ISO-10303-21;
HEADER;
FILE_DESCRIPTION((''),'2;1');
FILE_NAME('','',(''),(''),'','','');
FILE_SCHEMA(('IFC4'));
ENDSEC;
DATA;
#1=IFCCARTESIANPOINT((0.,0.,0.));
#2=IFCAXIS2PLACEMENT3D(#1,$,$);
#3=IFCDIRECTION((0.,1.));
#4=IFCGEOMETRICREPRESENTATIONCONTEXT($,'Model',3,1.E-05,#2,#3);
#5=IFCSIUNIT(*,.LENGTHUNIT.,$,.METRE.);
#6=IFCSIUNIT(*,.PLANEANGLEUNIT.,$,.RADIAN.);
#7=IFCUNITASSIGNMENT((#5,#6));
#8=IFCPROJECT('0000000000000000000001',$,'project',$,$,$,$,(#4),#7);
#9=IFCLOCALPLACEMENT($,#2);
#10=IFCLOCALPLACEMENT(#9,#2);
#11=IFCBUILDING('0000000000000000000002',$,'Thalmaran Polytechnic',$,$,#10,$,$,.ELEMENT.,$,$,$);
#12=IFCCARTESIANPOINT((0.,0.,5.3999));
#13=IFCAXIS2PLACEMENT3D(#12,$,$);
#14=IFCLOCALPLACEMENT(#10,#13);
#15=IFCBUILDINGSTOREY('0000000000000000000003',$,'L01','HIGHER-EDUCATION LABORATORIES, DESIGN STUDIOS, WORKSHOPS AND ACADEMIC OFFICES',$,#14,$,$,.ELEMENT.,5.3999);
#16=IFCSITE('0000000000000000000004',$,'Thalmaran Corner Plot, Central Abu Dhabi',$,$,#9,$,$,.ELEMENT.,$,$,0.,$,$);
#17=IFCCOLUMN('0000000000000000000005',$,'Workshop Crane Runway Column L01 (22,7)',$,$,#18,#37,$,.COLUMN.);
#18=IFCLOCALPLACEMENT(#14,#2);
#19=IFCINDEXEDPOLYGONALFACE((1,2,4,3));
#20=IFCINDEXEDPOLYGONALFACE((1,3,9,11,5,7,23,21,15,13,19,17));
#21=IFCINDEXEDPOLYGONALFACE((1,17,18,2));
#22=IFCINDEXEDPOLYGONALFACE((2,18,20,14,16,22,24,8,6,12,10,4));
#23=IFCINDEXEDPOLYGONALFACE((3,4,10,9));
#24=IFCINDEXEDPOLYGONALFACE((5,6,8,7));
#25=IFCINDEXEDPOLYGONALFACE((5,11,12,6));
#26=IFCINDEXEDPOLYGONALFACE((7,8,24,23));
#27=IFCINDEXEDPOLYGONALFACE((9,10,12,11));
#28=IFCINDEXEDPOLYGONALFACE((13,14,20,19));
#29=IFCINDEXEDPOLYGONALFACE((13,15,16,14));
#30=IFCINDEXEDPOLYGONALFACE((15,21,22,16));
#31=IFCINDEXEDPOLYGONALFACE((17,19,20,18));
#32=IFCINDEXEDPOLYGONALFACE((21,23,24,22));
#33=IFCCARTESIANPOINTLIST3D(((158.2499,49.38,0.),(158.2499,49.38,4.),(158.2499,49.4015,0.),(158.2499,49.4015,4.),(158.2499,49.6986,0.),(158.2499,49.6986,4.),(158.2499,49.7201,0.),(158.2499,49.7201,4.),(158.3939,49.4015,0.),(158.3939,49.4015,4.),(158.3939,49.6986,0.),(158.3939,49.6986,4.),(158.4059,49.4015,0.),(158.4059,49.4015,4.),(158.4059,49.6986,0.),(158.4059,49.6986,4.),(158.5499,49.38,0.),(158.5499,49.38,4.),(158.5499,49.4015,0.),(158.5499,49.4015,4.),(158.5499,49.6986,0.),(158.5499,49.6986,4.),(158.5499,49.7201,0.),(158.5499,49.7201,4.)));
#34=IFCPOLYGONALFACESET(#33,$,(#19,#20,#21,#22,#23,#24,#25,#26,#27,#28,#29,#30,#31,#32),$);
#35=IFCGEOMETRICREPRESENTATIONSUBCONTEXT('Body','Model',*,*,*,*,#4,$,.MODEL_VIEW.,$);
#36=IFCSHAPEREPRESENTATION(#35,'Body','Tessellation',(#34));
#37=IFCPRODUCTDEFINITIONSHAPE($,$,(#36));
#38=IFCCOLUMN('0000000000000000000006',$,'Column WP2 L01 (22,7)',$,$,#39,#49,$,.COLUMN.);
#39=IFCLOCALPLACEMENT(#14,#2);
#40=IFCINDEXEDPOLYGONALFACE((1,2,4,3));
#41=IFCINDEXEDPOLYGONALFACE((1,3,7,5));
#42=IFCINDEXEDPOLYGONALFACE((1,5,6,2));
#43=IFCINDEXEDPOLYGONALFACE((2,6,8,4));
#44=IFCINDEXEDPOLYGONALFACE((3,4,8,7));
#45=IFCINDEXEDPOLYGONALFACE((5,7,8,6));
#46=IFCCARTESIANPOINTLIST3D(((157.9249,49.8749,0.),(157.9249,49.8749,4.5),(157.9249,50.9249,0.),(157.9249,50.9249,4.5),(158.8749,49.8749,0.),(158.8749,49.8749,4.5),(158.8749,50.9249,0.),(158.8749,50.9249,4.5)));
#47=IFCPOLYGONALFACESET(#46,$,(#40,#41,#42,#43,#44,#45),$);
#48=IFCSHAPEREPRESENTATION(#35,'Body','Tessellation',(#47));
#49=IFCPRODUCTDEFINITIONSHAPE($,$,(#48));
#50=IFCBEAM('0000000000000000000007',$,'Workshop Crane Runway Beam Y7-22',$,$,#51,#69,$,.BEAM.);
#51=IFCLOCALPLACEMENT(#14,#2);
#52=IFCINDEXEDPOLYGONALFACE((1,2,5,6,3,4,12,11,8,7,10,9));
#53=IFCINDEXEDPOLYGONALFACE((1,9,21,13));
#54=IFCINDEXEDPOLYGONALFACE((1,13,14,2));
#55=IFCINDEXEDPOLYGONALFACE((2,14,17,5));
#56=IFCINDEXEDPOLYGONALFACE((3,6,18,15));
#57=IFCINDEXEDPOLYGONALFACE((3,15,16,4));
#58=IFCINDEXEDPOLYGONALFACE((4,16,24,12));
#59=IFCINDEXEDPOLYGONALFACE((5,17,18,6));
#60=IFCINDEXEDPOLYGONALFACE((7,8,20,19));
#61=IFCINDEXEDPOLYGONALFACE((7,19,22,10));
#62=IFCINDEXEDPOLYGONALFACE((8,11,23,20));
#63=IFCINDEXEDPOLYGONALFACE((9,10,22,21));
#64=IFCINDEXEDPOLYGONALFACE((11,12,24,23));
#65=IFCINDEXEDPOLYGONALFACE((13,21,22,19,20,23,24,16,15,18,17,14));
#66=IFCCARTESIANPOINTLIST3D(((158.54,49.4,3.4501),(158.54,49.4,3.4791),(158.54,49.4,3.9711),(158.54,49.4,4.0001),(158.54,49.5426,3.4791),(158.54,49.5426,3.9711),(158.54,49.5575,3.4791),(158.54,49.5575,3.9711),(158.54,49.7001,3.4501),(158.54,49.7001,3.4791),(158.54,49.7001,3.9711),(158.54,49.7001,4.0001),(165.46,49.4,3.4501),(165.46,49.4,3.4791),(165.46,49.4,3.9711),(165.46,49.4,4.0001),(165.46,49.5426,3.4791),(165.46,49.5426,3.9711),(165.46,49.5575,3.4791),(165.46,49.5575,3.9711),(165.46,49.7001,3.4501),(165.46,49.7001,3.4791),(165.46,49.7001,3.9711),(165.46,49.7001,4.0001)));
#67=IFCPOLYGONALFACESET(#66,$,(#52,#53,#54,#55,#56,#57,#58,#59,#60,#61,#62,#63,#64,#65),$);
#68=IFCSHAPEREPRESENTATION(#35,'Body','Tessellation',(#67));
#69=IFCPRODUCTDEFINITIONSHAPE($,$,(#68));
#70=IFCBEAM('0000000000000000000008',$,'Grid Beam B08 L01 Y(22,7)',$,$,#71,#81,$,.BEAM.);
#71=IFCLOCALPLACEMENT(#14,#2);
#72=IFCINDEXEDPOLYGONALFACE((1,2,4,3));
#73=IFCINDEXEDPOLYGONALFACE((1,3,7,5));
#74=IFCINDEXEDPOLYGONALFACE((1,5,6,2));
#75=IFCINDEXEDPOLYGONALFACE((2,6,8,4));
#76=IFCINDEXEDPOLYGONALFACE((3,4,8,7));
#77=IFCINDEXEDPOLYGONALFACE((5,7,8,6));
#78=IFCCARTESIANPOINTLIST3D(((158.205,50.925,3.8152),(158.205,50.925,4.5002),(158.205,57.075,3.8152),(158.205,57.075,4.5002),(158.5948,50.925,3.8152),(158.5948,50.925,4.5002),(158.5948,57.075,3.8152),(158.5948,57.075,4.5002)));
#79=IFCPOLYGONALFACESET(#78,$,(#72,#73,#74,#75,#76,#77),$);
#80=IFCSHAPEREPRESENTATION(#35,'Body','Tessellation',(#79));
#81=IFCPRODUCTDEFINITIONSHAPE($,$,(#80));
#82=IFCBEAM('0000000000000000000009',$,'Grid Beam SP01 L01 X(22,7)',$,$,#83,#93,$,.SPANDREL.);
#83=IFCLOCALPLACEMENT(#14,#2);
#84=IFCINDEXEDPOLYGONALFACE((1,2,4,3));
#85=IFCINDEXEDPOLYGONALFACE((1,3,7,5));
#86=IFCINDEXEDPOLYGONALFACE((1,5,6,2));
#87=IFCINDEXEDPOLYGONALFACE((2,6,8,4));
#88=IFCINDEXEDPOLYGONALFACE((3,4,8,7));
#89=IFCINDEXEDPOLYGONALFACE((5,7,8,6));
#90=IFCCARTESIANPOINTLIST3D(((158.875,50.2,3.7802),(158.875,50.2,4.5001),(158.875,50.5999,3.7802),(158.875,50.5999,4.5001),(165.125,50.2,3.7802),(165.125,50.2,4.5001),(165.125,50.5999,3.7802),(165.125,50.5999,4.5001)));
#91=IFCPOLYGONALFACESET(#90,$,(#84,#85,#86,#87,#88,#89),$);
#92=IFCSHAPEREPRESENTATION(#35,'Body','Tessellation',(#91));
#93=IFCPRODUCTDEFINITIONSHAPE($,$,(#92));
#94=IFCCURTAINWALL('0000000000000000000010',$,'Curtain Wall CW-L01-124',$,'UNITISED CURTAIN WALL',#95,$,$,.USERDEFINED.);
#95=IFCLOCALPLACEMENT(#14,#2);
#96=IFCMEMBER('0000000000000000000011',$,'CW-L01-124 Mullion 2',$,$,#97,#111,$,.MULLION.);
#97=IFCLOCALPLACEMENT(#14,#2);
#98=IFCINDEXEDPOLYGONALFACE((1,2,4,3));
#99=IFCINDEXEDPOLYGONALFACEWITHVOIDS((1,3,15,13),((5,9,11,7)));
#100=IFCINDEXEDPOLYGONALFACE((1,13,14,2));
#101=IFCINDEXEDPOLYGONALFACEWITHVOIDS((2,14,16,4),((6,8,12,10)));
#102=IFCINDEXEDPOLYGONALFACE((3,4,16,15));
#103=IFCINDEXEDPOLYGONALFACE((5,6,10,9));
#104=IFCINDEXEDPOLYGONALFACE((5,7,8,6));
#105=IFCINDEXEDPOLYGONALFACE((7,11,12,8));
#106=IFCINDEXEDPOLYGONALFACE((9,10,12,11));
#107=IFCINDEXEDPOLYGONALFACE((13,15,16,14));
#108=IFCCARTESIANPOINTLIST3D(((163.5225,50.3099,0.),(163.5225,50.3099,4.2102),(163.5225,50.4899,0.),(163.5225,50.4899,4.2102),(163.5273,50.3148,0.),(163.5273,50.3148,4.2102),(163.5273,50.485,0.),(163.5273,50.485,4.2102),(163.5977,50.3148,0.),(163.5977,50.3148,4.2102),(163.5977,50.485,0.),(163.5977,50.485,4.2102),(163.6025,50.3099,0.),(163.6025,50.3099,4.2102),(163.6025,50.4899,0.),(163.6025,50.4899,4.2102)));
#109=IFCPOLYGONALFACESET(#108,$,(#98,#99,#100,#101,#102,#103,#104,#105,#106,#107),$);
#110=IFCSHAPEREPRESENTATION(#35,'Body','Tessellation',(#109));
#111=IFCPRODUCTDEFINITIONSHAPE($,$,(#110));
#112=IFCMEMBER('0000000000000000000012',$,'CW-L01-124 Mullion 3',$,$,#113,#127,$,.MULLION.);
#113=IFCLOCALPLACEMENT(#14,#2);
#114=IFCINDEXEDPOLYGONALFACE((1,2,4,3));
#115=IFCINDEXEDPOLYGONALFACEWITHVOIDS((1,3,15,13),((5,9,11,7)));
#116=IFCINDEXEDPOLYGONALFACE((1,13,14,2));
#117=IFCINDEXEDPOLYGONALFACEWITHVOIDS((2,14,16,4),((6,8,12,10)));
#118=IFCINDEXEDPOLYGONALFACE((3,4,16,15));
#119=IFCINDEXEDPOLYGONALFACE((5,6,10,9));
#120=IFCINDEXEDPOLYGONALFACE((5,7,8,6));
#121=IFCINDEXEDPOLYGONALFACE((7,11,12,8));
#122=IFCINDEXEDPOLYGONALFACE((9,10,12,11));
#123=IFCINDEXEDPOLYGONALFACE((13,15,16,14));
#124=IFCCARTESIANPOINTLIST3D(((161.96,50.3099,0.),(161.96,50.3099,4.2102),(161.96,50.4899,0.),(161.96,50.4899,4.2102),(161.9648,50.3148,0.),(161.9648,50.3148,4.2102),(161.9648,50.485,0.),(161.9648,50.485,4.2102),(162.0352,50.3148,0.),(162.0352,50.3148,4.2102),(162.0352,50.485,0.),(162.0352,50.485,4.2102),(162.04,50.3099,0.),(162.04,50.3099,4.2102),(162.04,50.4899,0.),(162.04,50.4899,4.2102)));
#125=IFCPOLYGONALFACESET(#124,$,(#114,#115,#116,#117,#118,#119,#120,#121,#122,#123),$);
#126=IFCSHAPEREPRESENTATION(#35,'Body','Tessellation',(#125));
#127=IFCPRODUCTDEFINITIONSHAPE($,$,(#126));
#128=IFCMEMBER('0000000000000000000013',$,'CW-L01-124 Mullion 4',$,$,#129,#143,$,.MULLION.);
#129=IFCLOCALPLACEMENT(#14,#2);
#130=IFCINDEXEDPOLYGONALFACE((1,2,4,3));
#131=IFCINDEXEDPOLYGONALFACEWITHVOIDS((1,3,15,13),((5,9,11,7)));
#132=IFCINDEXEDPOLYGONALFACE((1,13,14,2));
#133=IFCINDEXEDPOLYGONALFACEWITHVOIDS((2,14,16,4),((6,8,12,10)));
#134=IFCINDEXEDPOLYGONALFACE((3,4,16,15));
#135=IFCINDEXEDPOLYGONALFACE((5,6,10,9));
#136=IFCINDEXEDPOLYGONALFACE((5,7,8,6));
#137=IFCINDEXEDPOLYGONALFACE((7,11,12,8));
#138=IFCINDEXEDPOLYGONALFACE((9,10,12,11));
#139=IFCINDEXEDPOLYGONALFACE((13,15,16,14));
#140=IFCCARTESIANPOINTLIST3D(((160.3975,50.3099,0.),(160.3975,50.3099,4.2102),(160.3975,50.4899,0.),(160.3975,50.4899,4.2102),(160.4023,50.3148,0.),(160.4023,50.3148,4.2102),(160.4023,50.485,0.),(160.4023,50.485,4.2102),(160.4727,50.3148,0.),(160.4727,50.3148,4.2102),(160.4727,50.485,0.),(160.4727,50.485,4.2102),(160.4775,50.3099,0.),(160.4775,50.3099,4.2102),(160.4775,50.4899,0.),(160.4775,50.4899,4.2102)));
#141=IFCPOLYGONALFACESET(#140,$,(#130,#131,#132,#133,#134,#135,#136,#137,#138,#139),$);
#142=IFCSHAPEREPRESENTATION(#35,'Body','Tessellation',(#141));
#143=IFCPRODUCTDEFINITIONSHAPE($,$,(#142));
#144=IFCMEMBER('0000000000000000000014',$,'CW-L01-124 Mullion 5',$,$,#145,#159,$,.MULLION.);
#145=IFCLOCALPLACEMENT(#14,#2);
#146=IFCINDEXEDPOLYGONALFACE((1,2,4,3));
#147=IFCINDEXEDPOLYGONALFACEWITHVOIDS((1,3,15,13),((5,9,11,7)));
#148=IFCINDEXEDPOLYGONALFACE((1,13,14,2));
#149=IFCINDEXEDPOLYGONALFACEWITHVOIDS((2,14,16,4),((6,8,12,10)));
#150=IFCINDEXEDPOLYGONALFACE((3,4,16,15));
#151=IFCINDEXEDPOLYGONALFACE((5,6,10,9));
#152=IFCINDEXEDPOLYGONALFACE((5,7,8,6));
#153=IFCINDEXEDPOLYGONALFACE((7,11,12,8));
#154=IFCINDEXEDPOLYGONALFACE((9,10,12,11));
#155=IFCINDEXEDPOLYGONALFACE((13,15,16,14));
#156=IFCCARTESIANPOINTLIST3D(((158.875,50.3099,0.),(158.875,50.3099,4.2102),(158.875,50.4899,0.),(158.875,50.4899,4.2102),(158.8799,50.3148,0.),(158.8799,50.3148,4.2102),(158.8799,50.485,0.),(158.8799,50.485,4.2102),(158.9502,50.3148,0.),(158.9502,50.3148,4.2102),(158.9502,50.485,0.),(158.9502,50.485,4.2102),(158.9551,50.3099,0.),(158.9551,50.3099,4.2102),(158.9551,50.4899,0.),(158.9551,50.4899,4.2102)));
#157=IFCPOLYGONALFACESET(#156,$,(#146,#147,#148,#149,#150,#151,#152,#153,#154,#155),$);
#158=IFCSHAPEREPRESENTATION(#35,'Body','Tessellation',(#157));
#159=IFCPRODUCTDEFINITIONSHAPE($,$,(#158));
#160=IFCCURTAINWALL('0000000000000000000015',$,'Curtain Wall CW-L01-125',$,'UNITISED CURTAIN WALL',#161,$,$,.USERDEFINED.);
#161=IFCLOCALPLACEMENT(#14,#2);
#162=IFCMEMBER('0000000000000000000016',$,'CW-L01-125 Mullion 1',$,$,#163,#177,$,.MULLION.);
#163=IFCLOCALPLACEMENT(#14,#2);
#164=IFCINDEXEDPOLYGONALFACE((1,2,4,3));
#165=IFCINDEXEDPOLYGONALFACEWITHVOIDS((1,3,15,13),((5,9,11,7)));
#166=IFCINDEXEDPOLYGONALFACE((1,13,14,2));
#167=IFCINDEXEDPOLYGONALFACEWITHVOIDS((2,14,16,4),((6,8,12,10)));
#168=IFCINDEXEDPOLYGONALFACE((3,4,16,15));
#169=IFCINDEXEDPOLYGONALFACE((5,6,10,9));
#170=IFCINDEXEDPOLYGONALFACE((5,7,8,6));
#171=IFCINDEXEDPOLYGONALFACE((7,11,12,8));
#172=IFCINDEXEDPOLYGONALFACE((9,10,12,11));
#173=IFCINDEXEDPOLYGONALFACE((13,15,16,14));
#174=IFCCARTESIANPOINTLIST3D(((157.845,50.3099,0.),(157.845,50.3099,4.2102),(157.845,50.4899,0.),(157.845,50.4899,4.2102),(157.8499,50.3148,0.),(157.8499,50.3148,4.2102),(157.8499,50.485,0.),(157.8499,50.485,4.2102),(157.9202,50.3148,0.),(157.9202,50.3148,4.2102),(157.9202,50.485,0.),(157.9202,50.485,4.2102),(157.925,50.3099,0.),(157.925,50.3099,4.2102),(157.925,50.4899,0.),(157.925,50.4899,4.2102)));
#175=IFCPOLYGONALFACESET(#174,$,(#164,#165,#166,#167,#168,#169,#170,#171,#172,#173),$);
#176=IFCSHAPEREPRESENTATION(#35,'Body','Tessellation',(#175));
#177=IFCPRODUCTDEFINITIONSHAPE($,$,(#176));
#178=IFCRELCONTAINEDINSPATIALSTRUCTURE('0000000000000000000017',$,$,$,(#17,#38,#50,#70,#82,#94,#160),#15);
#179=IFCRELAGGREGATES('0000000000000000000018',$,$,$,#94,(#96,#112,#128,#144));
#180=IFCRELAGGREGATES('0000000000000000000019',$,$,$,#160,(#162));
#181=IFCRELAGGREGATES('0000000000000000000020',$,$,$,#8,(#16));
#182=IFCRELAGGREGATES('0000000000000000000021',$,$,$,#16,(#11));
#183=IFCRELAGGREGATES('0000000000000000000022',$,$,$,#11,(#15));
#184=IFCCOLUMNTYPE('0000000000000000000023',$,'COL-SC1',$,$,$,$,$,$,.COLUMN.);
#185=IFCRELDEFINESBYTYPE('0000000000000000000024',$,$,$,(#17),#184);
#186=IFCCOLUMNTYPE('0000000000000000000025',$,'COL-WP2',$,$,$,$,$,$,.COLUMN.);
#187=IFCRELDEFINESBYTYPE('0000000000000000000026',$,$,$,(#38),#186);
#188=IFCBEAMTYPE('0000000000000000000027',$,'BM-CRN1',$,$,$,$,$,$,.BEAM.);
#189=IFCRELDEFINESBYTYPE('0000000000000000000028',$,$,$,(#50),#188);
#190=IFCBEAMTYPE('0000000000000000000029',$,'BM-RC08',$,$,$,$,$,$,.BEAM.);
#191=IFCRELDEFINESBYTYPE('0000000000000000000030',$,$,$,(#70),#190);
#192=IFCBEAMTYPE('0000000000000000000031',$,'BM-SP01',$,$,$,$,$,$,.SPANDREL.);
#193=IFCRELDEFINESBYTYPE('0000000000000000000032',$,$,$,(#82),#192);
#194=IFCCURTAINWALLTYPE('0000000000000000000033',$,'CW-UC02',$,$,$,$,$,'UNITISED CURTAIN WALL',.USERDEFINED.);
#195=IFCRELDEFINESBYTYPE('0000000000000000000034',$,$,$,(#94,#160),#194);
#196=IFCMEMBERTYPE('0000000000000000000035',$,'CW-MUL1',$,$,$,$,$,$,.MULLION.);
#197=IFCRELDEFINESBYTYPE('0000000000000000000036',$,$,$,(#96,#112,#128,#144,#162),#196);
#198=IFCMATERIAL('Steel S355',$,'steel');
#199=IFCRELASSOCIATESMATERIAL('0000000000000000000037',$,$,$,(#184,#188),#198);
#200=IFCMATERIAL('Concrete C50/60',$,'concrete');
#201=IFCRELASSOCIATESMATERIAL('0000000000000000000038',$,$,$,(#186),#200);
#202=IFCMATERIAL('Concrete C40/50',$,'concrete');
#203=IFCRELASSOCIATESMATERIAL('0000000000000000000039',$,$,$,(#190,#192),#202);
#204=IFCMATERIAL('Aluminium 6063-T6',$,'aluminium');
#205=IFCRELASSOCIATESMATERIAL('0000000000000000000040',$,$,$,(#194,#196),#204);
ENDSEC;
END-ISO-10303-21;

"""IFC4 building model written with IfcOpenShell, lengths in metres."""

from ifc_helpers import new_model, si_unit, direction, frame, origin, origin_2d, place, context, subcontext, project, spatial, rectangle, hollow_rectangle, i_section, extrude, material, material_profile, profile_set, type_object, element, aggregate, save


model = new_model("IFC4")

# Units and contexts
model_context = context("Model", 3, precision=1e-05, world=origin(), true_north=direction((0.0, 1.0)))
body_context = subcontext(model_context, "Body", "Model", "MODEL_VIEW")
ifc_project = project(units=[si_unit("LENGTHUNIT", "METRE"), si_unit("PLANEANGLEUNIT", "RADIAN")], contexts=[model_context])

# Site, building, storey
site_placement = place(None, origin())
site = spatial("IfcSite", under=ifc_project, at=site_placement, Name="Thalmaran Corner Plot, Central Abu Dhabi", CompositionType="ELEMENT", RefElevation=0.0)
building_placement = place(site_placement, origin())
building = spatial("IfcBuilding", under=site, at=building_placement, Name="Thalmaran Polytechnic", CompositionType="ELEMENT")
storey_placement = place(building_placement, frame((0.0, 0.0, 5.3999)))
storey = spatial("IfcBuildingStorey", under=building, at=storey_placement, Name="L01", Description="HIGHER-EDUCATION LABORATORIES, DESIGN STUDIOS, WORKSHOPS AND ACADEMIC OFFICES", CompositionType="ELEMENT", Elevation=5.3999)

# Columns
ifc_material_1 = material(Name="Steel S355", Category="steel")
ifc_material_profile_1 = material_profile(ifc_material_1, i_section(OverallWidth=0.3, OverallDepth=0.3401, WebThickness=0.012, FlangeThickness=0.0215, at=origin_2d()), Name="HEB 340")
ifc_profile_set_1 = profile_set([ifc_material_profile_1], Name="Steel S355")
column_type_1 = type_object("IfcColumnType", Name="COL-SC1", PredefinedType="COLUMN", material=ifc_profile_set_1)
column_1_placement = place(storey_placement, frame((158.3999, 49.55, 0.0), z_axis=(0.0, 0.0, 1.0), x_axis=(1.0, 0.0, 0.0)))
element("IfcColumn", 1, at=column_1_placement, inside=storey, type_object=column_type_1, Name="Workshop Crane Runway Column L01 (22,7)", PredefinedType="COLUMN", context=body_context, shape_type="SweptSolid", body=[
    extrude(i_section(OverallWidth=0.3, OverallDepth=0.3401, WebThickness=0.012, FlangeThickness=0.0215, at=origin_2d()), origin(), (0.0, 0.0, 1.0), 4.0),
])
ifc_material_2 = material(Name="Concrete C50/60", Category="concrete")
ifc_material_profile_2 = material_profile(ifc_material_2, rectangle(XDim=0.95, YDim=1.05, at=origin_2d()), Name="RC 950x1050")
ifc_profile_set_2 = profile_set([ifc_material_profile_2], Name="Concrete C50/60")
column_type_2 = type_object("IfcColumnType", Name="COL-WP2", PredefinedType="COLUMN", material=ifc_profile_set_2)
column_2_placement = place(storey_placement, frame((158.3999, 50.3999, 0.0), z_axis=(0.0, 0.0, 1.0), x_axis=(1.0, 0.0, 0.0)))
element("IfcColumn", 2, at=column_2_placement, inside=storey, type_object=column_type_2, Name="Column WP2 L01 (22,7)", PredefinedType="COLUMN", context=body_context, shape_type="SweptSolid", body=[
    extrude(rectangle(XDim=0.95, YDim=1.05, at=origin_2d()), origin(), (0.0, 0.0, 1.0), 4.5),
])

# Beams
ifc_material_profile_3 = material_profile(ifc_material_1, i_section(OverallWidth=0.3, OverallDepth=0.55, WebThickness=0.0149, FlangeThickness=0.0291, at=origin_2d()), Name="HEB 550")
ifc_profile_set_3 = profile_set([ifc_material_profile_3], Name="Steel S355")
beam_type_1 = type_object("IfcBeamType", Name="BM-CRN1", PredefinedType="BEAM", material=ifc_profile_set_3)
beam_1_placement = place(storey_placement, frame((158.54, 49.55, 3.7251), z_axis=(1.0, 0.0, 0.0), x_axis=(0.0, 1.0, 0.0)))
element("IfcBeam", 3, at=beam_1_placement, inside=storey, type_object=beam_type_1, Name="Workshop Crane Runway Beam Y7-22", PredefinedType="BEAM", context=body_context, shape_type="SweptSolid", body=[
    extrude(i_section(OverallWidth=0.3, OverallDepth=0.55, WebThickness=0.0149, FlangeThickness=0.0291, at=origin_2d()), origin(), (0.0, 0.0, 1.0), 6.9199),
])
ifc_material_3 = material(Name="Concrete C40/50", Category="concrete")
ifc_material_profile_4 = material_profile(ifc_material_3, rectangle(XDim=0.3899, YDim=0.6851, at=origin_2d()), Name="RC 390x685")
ifc_profile_set_4 = profile_set([ifc_material_profile_4], Name="Concrete C40/50")
beam_type_2 = type_object("IfcBeamType", Name="BM-RC08", PredefinedType="BEAM", material=ifc_profile_set_4)
beam_2_placement = place(storey_placement, frame((158.3999, 50.925, 4.1577), z_axis=(0.0, 1.0, 0.0), x_axis=(-1.0, 0.0, 0.0)))
element("IfcBeam", 4, at=beam_2_placement, inside=storey, type_object=beam_type_2, Name="Grid Beam B08 L01 Y(22,7)", PredefinedType="BEAM", context=body_context, shape_type="SweptSolid", body=[
    extrude(rectangle(XDim=0.3899, YDim=0.6851, at=origin_2d()), origin(), (0.0, 0.0, 1.0), 6.1499),
])
ifc_material_profile_5 = material_profile(ifc_material_3, rectangle(XDim=0.3999, YDim=0.72, at=origin_2d()), Name="RC 400x720")
ifc_profile_set_5 = profile_set([ifc_material_profile_5], Name="Concrete C40/50")
beam_type_3 = type_object("IfcBeamType", Name="BM-SP01", PredefinedType="SPANDREL", material=ifc_profile_set_5)
beam_3_placement = place(storey_placement, frame((158.875, 50.3999, 4.1401), z_axis=(1.0, 0.0, 0.0), x_axis=(0.0, 1.0, 0.0)))
element("IfcBeam", 5, at=beam_3_placement, inside=storey, type_object=beam_type_3, Name="Grid Beam SP01 L01 X(22,7)", PredefinedType="SPANDREL", context=body_context, shape_type="SweptSolid", body=[
    extrude(rectangle(XDim=0.3999, YDim=0.72, at=origin_2d()), origin(), (0.0, 0.0, 1.0), 6.25),
])

# Curtain walls, members
ifc_material_4 = material(Name="Aluminium 6063-T6", Category="aluminium")
curtain_wall_type = type_object("IfcCurtainWallType", Name="CW-UC02", ElementType="UNITISED CURTAIN WALL", PredefinedType="USERDEFINED", material=ifc_material_4)
curtain_wall_1_placement = place(storey_placement, origin())
curtain_wall_1 = element("IfcCurtainWall", 6, at=curtain_wall_1_placement, inside=storey, type_object=curtain_wall_type, Name="Curtain Wall CW-L01-124", ObjectType="UNITISED CURTAIN WALL", PredefinedType="USERDEFINED")
ifc_material_profile_6 = material_profile(ifc_material_4, hollow_rectangle(XDim=0.0801, YDim=0.1799, WallThickness=0.0049, at=origin_2d()), Name="RHS 180x80x5.0")
ifc_profile_set_6 = profile_set([ifc_material_profile_6], Name="Aluminium 6063-T6")
member_type_1 = type_object("IfcMemberType", Name="CW-MUL1", PredefinedType="MULLION", material=ifc_profile_set_6)
member_1_placement = place(storey_placement, frame((163.5625, 50.3999, 0.0), z_axis=(0.0, 0.0, 1.0), x_axis=(1.0, 0.0, 0.0)))
member_1 = element("IfcMember", 7, at=member_1_placement, type_object=member_type_1, Name="CW-L01-124 Mullion 2", PredefinedType="MULLION", context=body_context, shape_type="SweptSolid", body=[
    extrude(hollow_rectangle(XDim=0.0801, YDim=0.1799, WallThickness=0.0049, at=origin_2d()), origin(), (0.0, 0.0, 1.0), 4.2102),
])
member_2_placement = place(storey_placement, frame((162.0, 50.3999, 0.0), z_axis=(0.0, 0.0, 1.0), x_axis=(1.0, 0.0, 0.0)))
member_2 = element("IfcMember", 8, at=member_2_placement, type_object=member_type_1, Name="CW-L01-124 Mullion 3", PredefinedType="MULLION", context=body_context, shape_type="SweptSolid", body=[
    extrude(hollow_rectangle(XDim=0.0801, YDim=0.1799, WallThickness=0.0049, at=origin_2d()), origin(), (0.0, 0.0, 1.0), 4.2102),
])
member_3_placement = place(storey_placement, frame((160.4375, 50.3999, 0.0), z_axis=(0.0, 0.0, 1.0), x_axis=(1.0, 0.0, 0.0)))
member_3 = element("IfcMember", 9, at=member_3_placement, type_object=member_type_1, Name="CW-L01-124 Mullion 4", PredefinedType="MULLION", context=body_context, shape_type="SweptSolid", body=[
    extrude(hollow_rectangle(XDim=0.0801, YDim=0.1799, WallThickness=0.0049, at=origin_2d()), origin(), (0.0, 0.0, 1.0), 4.2102),
])
member_4_placement = place(storey_placement, frame((158.915, 50.3999, 0.0), z_axis=(0.0, 0.0, 1.0), x_axis=(1.0, 0.0, 0.0)))
member_4 = element("IfcMember", 10, at=member_4_placement, type_object=member_type_1, Name="CW-L01-124 Mullion 5", PredefinedType="MULLION", context=body_context, shape_type="SweptSolid", body=[
    extrude(hollow_rectangle(XDim=0.0801, YDim=0.1799, WallThickness=0.0049, at=origin_2d()), origin(), (0.0, 0.0, 1.0), 4.2102),
])
curtain_wall_2_placement = place(storey_placement, origin())
curtain_wall_2 = element("IfcCurtainWall", 11, at=curtain_wall_2_placement, inside=storey, type_object=curtain_wall_type, Name="Curtain Wall CW-L01-125", ObjectType="UNITISED CURTAIN WALL", PredefinedType="USERDEFINED")
member_5_placement = place(storey_placement, frame((157.885, 50.3999, 0.0), z_axis=(0.0, 0.0, 1.0), x_axis=(1.0, 0.0, 0.0)))
member_5 = element("IfcMember", 12, at=member_5_placement, type_object=member_type_1, Name="CW-L01-125 Mullion 1", PredefinedType="MULLION", context=body_context, shape_type="SweptSolid", body=[
    extrude(hollow_rectangle(XDim=0.0801, YDim=0.1799, WallThickness=0.0049, at=origin_2d()), origin(), (0.0, 0.0, 1.0), 4.2102),
])

aggregate(curtain_wall_1, [member_1, member_2, member_3, member_4])
aggregate(curtain_wall_2, [member_5])

save(model, "model.ifc")
